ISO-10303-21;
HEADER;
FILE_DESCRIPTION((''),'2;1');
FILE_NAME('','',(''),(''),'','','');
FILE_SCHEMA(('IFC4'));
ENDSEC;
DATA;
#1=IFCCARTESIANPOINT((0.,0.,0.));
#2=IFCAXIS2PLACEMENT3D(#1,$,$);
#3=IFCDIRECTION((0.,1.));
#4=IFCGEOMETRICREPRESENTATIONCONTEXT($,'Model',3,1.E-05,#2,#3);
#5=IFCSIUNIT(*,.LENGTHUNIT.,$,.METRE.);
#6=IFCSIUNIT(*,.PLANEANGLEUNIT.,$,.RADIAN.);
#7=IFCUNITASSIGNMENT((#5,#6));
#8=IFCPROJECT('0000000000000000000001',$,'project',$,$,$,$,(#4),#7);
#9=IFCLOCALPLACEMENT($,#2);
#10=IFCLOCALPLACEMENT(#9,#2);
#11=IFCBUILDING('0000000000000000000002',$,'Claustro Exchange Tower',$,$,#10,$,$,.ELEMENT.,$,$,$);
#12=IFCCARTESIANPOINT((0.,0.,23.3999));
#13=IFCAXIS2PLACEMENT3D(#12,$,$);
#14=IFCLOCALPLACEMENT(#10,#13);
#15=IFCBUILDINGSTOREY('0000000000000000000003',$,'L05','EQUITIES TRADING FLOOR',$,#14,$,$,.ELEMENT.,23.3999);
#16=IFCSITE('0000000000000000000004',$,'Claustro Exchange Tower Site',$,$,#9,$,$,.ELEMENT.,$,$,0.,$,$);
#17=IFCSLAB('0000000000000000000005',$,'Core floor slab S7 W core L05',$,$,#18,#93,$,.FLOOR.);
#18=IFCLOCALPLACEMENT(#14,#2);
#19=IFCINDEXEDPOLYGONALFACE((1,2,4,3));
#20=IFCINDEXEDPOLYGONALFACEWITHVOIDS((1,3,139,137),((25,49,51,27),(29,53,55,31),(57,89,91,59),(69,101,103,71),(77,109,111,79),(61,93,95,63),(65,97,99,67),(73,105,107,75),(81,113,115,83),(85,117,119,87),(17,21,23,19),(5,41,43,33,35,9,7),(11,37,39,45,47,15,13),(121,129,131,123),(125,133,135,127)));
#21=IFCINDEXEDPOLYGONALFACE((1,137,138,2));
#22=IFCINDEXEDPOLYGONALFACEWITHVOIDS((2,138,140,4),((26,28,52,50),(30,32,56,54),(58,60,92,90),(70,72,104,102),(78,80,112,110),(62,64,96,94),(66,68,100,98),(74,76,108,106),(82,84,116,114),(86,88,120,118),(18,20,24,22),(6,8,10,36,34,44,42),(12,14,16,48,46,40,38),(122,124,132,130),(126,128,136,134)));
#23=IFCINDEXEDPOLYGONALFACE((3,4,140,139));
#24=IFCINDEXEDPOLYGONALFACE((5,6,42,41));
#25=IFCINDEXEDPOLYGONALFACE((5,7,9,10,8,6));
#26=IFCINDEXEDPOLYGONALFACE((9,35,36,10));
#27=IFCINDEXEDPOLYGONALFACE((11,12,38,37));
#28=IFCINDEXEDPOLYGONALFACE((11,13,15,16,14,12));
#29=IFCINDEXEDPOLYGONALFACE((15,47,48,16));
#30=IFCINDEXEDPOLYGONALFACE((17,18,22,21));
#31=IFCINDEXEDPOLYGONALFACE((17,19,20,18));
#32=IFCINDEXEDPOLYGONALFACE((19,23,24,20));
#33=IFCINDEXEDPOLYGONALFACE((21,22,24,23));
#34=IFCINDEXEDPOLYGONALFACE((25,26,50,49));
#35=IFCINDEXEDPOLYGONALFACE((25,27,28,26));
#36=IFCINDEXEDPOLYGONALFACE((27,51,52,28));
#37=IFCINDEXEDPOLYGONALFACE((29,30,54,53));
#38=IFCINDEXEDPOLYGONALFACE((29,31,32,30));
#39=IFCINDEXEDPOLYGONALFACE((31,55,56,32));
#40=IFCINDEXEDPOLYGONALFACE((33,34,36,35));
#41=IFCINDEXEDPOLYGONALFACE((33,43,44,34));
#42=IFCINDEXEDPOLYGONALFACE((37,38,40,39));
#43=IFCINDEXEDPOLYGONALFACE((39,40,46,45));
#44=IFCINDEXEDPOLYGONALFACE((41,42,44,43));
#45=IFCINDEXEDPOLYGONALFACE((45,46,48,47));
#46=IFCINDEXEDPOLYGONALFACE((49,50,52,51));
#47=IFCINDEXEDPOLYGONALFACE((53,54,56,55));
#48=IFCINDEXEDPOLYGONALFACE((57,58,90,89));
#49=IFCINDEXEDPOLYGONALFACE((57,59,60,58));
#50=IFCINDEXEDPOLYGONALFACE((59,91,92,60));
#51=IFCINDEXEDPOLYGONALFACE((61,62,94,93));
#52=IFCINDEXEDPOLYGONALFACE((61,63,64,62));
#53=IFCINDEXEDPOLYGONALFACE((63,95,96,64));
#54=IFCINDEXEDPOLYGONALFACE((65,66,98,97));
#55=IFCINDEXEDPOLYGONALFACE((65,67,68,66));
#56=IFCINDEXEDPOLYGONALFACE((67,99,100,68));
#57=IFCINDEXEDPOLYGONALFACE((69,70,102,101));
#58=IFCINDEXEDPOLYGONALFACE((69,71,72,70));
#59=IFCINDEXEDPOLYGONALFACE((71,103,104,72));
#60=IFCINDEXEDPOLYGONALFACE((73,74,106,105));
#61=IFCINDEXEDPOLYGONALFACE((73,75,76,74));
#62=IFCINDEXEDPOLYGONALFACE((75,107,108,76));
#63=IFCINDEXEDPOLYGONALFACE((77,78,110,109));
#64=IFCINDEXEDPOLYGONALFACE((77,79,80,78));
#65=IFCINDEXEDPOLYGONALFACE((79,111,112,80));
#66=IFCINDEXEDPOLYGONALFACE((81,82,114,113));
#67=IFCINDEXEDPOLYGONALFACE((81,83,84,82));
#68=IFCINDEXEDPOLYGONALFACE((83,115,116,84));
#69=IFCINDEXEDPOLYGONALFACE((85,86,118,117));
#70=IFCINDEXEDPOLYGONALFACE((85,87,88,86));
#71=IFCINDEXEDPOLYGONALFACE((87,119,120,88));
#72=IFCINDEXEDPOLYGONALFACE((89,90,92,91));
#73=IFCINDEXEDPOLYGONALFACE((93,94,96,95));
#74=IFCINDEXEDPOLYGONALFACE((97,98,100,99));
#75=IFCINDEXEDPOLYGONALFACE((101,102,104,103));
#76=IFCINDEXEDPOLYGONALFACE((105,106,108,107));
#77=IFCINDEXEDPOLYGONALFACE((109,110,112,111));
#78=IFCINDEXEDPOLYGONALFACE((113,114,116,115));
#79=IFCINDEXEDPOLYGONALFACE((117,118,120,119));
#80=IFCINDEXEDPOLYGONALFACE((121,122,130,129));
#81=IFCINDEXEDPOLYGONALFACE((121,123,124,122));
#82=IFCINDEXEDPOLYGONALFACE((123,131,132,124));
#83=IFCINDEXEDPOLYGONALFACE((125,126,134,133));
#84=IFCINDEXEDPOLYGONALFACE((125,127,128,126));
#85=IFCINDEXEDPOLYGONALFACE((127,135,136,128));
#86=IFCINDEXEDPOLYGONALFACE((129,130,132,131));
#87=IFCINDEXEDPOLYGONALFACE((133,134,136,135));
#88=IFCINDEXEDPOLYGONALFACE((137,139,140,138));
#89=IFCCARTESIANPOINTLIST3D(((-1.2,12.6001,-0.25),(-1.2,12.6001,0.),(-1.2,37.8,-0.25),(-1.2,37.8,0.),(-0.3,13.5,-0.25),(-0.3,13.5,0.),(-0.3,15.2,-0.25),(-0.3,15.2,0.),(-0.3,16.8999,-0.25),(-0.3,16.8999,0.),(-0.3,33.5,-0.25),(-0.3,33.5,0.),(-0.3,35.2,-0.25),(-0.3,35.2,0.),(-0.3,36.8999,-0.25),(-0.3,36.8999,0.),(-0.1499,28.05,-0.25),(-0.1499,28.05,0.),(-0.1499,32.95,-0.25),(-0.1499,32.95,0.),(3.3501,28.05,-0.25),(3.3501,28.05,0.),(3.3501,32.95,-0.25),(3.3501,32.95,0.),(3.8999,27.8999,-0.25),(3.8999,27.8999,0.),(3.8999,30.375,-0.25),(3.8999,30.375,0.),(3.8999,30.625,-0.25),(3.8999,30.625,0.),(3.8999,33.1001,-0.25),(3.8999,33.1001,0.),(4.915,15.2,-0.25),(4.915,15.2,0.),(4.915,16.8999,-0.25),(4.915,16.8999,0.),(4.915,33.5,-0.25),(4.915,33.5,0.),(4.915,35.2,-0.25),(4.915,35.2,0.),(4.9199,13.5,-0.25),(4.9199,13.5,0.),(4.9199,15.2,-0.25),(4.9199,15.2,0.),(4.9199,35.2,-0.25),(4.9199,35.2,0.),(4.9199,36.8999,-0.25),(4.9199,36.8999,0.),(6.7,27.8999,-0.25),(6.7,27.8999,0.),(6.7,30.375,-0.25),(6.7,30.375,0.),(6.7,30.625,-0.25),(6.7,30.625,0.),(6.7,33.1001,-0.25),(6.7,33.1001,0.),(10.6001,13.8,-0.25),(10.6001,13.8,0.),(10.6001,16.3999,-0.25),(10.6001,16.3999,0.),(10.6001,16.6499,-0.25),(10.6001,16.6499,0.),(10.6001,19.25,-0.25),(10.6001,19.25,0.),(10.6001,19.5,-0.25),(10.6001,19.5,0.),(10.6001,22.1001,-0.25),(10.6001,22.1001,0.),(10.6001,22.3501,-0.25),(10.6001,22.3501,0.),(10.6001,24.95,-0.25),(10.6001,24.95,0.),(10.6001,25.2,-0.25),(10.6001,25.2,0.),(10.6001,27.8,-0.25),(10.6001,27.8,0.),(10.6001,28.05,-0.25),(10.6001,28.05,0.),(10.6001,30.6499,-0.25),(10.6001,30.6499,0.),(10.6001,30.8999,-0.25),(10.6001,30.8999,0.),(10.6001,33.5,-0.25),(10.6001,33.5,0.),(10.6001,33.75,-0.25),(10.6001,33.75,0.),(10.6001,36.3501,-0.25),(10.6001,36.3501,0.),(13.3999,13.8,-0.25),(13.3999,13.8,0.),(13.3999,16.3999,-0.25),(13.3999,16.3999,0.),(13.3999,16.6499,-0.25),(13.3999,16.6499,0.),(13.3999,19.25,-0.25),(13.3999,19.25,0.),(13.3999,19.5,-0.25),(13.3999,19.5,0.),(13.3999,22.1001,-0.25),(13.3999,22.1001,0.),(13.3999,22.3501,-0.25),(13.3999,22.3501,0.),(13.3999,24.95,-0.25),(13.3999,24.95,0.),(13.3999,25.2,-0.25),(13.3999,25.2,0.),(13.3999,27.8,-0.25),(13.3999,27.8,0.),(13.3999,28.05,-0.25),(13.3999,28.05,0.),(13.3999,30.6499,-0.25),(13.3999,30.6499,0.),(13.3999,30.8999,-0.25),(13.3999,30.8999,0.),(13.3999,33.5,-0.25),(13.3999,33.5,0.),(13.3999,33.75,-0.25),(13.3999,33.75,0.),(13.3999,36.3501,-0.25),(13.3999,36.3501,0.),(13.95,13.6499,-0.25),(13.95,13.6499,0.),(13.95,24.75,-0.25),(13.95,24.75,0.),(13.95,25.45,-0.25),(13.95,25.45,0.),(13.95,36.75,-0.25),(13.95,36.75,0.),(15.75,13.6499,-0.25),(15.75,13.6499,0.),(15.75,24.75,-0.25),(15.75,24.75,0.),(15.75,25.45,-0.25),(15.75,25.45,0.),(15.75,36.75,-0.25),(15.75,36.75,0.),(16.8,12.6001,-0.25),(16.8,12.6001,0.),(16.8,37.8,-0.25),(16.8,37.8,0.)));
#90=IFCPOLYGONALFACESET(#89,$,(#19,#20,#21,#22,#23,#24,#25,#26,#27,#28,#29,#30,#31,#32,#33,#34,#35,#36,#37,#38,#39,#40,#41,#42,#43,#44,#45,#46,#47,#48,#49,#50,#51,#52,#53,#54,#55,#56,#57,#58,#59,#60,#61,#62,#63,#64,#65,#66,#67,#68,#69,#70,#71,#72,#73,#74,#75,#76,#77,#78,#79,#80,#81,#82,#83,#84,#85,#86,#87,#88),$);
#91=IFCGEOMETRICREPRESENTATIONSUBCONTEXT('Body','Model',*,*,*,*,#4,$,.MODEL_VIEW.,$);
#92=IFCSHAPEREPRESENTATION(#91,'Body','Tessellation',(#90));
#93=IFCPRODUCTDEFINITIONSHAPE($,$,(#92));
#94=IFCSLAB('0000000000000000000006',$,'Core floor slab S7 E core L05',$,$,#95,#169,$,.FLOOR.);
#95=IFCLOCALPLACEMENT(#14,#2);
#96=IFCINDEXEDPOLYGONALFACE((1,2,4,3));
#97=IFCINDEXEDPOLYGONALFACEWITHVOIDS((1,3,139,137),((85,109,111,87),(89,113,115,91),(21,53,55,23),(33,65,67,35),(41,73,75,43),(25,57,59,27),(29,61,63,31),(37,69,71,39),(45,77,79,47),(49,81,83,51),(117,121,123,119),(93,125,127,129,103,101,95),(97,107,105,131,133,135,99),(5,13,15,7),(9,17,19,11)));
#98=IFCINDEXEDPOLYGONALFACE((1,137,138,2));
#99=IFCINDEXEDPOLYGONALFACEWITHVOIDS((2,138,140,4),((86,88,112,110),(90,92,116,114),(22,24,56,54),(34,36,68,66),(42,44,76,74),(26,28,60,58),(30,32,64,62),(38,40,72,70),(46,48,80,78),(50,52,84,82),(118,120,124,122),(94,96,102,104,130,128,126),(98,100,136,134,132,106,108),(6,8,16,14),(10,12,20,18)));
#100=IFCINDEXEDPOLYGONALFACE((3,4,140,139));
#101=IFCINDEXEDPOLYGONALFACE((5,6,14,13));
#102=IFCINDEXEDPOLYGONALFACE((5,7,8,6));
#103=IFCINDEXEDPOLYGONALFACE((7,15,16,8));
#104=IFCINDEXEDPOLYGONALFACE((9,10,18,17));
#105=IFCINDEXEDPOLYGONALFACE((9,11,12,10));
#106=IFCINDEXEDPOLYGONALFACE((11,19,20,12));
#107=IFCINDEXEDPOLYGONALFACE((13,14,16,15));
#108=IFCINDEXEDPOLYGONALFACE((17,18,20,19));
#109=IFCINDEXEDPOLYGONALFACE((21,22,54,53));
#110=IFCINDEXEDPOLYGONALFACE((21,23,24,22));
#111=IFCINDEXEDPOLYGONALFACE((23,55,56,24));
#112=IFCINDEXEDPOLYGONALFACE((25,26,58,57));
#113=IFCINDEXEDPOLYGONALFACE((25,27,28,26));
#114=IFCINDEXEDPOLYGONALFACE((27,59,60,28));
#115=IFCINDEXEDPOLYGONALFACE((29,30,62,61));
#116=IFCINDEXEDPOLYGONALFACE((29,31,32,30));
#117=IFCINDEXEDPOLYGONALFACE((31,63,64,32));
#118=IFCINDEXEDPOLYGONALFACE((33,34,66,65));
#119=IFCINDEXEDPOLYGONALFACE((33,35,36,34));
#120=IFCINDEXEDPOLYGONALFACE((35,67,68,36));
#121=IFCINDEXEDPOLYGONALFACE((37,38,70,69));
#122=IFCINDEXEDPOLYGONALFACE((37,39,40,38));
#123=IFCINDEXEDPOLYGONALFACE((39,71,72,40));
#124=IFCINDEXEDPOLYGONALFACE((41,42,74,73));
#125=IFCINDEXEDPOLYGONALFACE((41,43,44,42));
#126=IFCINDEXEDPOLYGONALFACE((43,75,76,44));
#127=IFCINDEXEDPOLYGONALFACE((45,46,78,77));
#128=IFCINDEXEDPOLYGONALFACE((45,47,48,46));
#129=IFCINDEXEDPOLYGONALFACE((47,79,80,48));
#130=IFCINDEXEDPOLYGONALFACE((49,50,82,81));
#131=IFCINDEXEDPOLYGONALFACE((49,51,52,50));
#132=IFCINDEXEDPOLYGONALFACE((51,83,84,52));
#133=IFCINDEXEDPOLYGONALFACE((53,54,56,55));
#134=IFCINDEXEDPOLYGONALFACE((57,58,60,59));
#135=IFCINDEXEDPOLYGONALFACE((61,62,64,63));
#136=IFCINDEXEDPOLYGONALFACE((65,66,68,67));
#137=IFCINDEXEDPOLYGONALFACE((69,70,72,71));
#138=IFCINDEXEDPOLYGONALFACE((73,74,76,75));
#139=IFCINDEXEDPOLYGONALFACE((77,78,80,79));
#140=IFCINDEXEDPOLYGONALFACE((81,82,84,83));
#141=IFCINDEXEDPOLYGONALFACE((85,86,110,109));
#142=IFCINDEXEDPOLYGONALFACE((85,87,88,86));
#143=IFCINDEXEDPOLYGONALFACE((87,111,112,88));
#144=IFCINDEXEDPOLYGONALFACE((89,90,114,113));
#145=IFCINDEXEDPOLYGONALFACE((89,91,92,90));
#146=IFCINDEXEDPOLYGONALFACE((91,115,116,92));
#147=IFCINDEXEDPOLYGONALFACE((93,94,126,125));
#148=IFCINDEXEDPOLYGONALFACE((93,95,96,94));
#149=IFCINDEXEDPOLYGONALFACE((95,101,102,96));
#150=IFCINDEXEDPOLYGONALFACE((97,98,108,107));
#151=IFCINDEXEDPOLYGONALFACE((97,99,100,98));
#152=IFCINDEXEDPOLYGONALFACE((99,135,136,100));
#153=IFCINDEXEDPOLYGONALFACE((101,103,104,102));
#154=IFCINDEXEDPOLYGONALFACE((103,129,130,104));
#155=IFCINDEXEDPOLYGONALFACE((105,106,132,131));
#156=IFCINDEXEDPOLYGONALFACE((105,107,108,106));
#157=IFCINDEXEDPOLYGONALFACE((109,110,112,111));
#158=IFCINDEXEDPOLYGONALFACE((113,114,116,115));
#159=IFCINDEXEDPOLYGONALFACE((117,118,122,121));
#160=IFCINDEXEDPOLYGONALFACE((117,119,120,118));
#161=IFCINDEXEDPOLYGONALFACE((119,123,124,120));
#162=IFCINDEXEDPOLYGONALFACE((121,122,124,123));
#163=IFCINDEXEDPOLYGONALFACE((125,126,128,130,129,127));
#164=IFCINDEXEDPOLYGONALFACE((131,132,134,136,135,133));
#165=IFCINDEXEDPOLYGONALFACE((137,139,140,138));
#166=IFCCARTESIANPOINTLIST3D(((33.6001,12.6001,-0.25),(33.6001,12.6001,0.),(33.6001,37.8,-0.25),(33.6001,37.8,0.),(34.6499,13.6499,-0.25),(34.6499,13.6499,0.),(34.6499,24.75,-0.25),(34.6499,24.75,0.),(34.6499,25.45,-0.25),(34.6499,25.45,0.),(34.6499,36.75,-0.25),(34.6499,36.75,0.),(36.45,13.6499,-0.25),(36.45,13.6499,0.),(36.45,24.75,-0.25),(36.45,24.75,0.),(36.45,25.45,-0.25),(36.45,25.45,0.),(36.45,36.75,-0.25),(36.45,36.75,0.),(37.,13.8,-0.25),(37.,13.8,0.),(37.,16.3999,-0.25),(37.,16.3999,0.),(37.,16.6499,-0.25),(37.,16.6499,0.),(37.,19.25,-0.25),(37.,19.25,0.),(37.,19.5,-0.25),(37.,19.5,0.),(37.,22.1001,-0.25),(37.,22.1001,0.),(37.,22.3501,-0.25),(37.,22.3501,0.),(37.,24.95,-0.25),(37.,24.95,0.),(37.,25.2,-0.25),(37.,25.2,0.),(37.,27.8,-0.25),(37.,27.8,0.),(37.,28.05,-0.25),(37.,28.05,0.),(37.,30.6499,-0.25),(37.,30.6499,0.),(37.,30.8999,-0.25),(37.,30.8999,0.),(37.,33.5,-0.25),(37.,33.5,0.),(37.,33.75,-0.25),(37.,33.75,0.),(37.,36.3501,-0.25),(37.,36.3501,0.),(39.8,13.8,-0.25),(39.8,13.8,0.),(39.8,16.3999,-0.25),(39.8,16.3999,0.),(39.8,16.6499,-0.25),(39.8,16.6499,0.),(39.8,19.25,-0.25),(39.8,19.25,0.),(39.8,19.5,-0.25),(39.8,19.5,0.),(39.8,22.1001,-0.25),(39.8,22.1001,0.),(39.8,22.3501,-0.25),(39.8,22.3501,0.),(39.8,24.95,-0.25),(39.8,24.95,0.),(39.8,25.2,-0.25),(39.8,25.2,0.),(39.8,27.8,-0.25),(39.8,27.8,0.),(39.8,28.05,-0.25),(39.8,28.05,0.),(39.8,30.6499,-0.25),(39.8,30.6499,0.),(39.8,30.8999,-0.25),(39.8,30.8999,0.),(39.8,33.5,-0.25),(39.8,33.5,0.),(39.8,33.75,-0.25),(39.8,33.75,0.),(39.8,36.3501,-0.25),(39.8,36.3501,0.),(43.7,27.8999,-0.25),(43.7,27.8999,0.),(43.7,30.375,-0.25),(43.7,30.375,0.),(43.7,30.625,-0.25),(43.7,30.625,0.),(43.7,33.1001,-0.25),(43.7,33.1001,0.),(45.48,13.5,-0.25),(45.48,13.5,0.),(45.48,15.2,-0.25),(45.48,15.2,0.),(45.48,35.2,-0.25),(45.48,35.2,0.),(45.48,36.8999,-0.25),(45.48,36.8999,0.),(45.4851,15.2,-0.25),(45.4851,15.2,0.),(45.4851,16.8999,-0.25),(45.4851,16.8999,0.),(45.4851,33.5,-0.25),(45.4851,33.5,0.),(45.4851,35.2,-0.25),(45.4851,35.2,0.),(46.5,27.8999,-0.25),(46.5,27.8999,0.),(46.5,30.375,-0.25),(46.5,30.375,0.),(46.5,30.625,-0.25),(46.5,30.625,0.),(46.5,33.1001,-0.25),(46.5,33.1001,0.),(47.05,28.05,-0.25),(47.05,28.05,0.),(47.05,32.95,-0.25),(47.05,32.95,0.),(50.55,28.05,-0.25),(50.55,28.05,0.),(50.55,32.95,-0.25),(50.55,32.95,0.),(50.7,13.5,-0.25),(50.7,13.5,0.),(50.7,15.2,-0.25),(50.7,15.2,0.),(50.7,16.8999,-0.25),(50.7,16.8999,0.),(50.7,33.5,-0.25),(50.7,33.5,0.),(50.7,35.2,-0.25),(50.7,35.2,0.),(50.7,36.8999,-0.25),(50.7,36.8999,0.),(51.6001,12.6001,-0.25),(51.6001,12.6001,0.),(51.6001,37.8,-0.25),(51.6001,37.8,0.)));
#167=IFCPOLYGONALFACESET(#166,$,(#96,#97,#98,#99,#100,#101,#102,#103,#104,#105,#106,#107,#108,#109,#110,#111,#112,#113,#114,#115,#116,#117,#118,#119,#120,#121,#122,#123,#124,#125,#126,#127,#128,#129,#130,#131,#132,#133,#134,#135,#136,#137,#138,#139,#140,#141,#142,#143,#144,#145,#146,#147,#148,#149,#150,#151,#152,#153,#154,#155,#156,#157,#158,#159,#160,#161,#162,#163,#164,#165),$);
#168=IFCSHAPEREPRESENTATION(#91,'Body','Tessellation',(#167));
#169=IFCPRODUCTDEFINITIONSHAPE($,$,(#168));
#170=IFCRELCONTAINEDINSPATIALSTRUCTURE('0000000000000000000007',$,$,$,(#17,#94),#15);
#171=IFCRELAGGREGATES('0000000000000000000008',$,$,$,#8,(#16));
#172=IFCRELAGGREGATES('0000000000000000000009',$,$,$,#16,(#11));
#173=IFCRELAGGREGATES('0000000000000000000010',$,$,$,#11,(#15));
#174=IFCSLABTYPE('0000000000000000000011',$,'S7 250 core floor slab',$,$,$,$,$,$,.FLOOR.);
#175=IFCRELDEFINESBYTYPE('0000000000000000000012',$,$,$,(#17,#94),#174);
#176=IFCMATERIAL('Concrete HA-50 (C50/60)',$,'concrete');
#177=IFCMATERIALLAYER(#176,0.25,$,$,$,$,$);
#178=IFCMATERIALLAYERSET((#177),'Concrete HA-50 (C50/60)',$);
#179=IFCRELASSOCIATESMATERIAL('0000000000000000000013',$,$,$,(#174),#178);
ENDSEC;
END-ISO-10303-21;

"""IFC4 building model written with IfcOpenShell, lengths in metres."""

from ifc_helpers import new_model, si_unit, direction, frame, origin, place, context, subcontext, project, spatial, polyline, outline, extrude, material, layer, layer_set, type_object, element, save


model = new_model("IFC4")

# Units and contexts
model_context = context("Model", 3, precision=1e-05, world=origin(), true_north=direction((0.0, 1.0)))
body_context = subcontext(model_context, "Body", "Model", "MODEL_VIEW")
ifc_project = project(units=[si_unit("LENGTHUNIT", "METRE"), si_unit("PLANEANGLEUNIT", "RADIAN")], contexts=[model_context])

# Site, building, storey
site_placement = place(None, origin())
site = spatial("IfcSite", under=ifc_project, at=site_placement, Name="Claustro Exchange Tower Site", CompositionType="ELEMENT", RefElevation=0.0)
building_placement = place(site_placement, origin())
building = spatial("IfcBuilding", under=site, at=building_placement, Name="Claustro Exchange Tower", CompositionType="ELEMENT")
storey_placement = place(building_placement, frame((0.0, 0.0, 23.3999)))
storey = spatial("IfcBuildingStorey", under=building, at=storey_placement, Name="L05", Description="EQUITIES TRADING FLOOR", CompositionType="ELEMENT", Elevation=23.3999)

# Slabs
ifc_material_1 = material(Name="Concrete HA-50 (C50/60)", Category="concrete")
ifc_layer_1 = layer(ifc_material_1, 0.25)
ifc_layer_set_1 = layer_set([ifc_layer_1], Name="Concrete HA-50 (C50/60)")
slab_type_1 = type_object("IfcSlabType", Name="S7 250 core floor slab", PredefinedType="FLOOR", material=ifc_layer_set_1)
slab_1_placement = place(storey_placement, frame((0.0, 0.0, -0.25)))
element("IfcSlab", 1, at=slab_1_placement, inside=storey, type_object=slab_type_1, Name="Core floor slab S7 W core L05", PredefinedType="FLOOR", context=body_context, shape_type="SweptSolid", body=[
    extrude(outline(polyline([(-1.2, 12.6001), (16.8, 12.6001), (16.8, 37.8), (-1.2, 37.8), (-1.2, 12.6001)]), holes=[polyline([(15.75, 24.75), (15.75, 13.6499), (13.95, 13.6499), (13.95, 24.75), (15.75, 24.75)]), polyline([(15.75, 36.75), (15.75, 25.45), (13.95, 25.45), (13.95, 36.75), (15.75, 36.75)]), polyline([(10.6001, 16.3999), (13.3999, 16.3999), (13.3999, 13.8), (10.6001, 13.8), (10.6001, 16.3999)]), polyline([(13.3999, 19.25), (13.3999, 16.6499), (10.6001, 16.6499), (10.6001, 19.25), (13.3999, 19.25)]), polyline([(13.3999, 22.1001), (13.3999, 19.5), (10.6001, 19.5), (10.6001, 22.1001), (13.3999, 22.1001)]), polyline([(13.3999, 24.95), (13.3999, 22.3501), (10.6001, 22.3501), (10.6001, 24.95), (13.3999, 24.95)]), polyline([(13.3999, 27.8), (13.3999, 25.2), (10.6001, 25.2), (10.6001, 27.8), (13.3999, 27.8)]), polyline([(13.3999, 30.6499), (13.3999, 28.05), (10.6001, 28.05), (10.6001, 30.6499), (13.3999, 30.6499)]), polyline([(13.3999, 33.5), (13.3999, 30.8999), (10.6001, 30.8999), (10.6001, 33.5), (13.3999, 33.5)]), polyline([(13.3999, 36.3501), (13.3999, 33.75), (10.6001, 33.75), (10.6001, 36.3501), (13.3999, 36.3501)]), polyline([(6.7, 30.375), (6.7, 27.8999), (3.8999, 27.8999), (3.8999, 30.375), (6.7, 30.375)]), polyline([(6.7, 33.1001), (6.7, 30.625), (3.8999, 30.625), (3.8999, 33.1001), (6.7, 33.1001)]), polyline([(-0.3, 15.2), (-0.3, 16.8999), (4.915, 16.8999), (4.915, 15.2), (4.9199, 15.2), (4.9199, 13.5), (-0.3, 13.5), (-0.3, 15.2)]), polyline([(-0.3, 36.8999), (4.9199, 36.8999), (4.9199, 35.2), (4.915, 35.2), (4.915, 33.5), (-0.3, 33.5), (-0.3, 35.2), (-0.3, 36.8999)]), polyline([(3.3501, 32.95), (3.3501, 28.05), (-0.1499, 28.05), (-0.1499, 32.95), (3.3501, 32.95)])]), origin(), (0.0, 0.0, 1.0), 0.25),
])
slab_2_placement = place(storey_placement, frame((0.0, 0.0, -0.25)))
element("IfcSlab", 2, at=slab_2_placement, inside=storey, type_object=slab_type_1, Name="Core floor slab S7 E core L05", PredefinedType="FLOOR", context=body_context, shape_type="SweptSolid", body=[
    extrude(outline(polyline([(33.6001, 12.6001), (51.6001, 12.6001), (51.6001, 37.8), (33.6001, 37.8), (33.6001, 12.6001)]), holes=[polyline([(45.48, 35.2), (45.48, 36.8999), (50.7, 36.8999), (50.7, 35.2), (50.7, 33.5), (45.4851, 33.5), (45.4851, 35.2), (45.48, 35.2)]), polyline([(45.4851, 15.2), (45.4851, 16.8999), (50.7, 16.8999), (50.7, 15.2), (50.7, 13.5), (45.48, 13.5), (45.48, 15.2), (45.4851, 15.2)]), polyline([(50.55, 32.95), (50.55, 28.05), (47.05, 28.05), (47.05, 32.95), (50.55, 32.95)]), polyline([(46.5, 30.375), (46.5, 27.8999), (43.7, 27.8999), (43.7, 30.375), (46.5, 30.375)]), polyline([(46.5, 33.1001), (46.5, 30.625), (43.7, 30.625), (43.7, 33.1001), (46.5, 33.1001)]), polyline([(37.0, 16.3999), (39.8, 16.3999), (39.8, 13.8), (37.0, 13.8), (37.0, 16.3999)]), polyline([(39.8, 19.25), (39.8, 16.6499), (37.0, 16.6499), (37.0, 19.25), (39.8, 19.25)]), polyline([(39.8, 22.1001), (39.8, 19.5), (37.0, 19.5), (37.0, 22.1001), (39.8, 22.1001)]), polyline([(39.8, 24.95), (39.8, 22.3501), (37.0, 22.3501), (37.0, 24.95), (39.8, 24.95)]), polyline([(39.8, 27.8), (39.8, 25.2), (37.0, 25.2), (37.0, 27.8), (39.8, 27.8)]), polyline([(39.8, 30.6499), (39.8, 28.05), (37.0, 28.05), (37.0, 30.6499), (39.8, 30.6499)]), polyline([(39.8, 33.5), (39.8, 30.8999), (37.0, 30.8999), (37.0, 33.5), (39.8, 33.5)]), polyline([(39.8, 36.3501), (39.8, 33.75), (37.0, 33.75), (37.0, 36.3501), (39.8, 36.3501)]), polyline([(36.45, 24.75), (36.45, 13.6499), (34.6499, 13.6499), (34.6499, 24.75), (36.45, 24.75)]), polyline([(36.45, 36.75), (36.45, 25.45), (34.6499, 25.45), (34.6499, 36.75), (36.45, 36.75)])]), origin(), (0.0, 0.0, 1.0), 0.25),
])

save(model, "model.ifc")
